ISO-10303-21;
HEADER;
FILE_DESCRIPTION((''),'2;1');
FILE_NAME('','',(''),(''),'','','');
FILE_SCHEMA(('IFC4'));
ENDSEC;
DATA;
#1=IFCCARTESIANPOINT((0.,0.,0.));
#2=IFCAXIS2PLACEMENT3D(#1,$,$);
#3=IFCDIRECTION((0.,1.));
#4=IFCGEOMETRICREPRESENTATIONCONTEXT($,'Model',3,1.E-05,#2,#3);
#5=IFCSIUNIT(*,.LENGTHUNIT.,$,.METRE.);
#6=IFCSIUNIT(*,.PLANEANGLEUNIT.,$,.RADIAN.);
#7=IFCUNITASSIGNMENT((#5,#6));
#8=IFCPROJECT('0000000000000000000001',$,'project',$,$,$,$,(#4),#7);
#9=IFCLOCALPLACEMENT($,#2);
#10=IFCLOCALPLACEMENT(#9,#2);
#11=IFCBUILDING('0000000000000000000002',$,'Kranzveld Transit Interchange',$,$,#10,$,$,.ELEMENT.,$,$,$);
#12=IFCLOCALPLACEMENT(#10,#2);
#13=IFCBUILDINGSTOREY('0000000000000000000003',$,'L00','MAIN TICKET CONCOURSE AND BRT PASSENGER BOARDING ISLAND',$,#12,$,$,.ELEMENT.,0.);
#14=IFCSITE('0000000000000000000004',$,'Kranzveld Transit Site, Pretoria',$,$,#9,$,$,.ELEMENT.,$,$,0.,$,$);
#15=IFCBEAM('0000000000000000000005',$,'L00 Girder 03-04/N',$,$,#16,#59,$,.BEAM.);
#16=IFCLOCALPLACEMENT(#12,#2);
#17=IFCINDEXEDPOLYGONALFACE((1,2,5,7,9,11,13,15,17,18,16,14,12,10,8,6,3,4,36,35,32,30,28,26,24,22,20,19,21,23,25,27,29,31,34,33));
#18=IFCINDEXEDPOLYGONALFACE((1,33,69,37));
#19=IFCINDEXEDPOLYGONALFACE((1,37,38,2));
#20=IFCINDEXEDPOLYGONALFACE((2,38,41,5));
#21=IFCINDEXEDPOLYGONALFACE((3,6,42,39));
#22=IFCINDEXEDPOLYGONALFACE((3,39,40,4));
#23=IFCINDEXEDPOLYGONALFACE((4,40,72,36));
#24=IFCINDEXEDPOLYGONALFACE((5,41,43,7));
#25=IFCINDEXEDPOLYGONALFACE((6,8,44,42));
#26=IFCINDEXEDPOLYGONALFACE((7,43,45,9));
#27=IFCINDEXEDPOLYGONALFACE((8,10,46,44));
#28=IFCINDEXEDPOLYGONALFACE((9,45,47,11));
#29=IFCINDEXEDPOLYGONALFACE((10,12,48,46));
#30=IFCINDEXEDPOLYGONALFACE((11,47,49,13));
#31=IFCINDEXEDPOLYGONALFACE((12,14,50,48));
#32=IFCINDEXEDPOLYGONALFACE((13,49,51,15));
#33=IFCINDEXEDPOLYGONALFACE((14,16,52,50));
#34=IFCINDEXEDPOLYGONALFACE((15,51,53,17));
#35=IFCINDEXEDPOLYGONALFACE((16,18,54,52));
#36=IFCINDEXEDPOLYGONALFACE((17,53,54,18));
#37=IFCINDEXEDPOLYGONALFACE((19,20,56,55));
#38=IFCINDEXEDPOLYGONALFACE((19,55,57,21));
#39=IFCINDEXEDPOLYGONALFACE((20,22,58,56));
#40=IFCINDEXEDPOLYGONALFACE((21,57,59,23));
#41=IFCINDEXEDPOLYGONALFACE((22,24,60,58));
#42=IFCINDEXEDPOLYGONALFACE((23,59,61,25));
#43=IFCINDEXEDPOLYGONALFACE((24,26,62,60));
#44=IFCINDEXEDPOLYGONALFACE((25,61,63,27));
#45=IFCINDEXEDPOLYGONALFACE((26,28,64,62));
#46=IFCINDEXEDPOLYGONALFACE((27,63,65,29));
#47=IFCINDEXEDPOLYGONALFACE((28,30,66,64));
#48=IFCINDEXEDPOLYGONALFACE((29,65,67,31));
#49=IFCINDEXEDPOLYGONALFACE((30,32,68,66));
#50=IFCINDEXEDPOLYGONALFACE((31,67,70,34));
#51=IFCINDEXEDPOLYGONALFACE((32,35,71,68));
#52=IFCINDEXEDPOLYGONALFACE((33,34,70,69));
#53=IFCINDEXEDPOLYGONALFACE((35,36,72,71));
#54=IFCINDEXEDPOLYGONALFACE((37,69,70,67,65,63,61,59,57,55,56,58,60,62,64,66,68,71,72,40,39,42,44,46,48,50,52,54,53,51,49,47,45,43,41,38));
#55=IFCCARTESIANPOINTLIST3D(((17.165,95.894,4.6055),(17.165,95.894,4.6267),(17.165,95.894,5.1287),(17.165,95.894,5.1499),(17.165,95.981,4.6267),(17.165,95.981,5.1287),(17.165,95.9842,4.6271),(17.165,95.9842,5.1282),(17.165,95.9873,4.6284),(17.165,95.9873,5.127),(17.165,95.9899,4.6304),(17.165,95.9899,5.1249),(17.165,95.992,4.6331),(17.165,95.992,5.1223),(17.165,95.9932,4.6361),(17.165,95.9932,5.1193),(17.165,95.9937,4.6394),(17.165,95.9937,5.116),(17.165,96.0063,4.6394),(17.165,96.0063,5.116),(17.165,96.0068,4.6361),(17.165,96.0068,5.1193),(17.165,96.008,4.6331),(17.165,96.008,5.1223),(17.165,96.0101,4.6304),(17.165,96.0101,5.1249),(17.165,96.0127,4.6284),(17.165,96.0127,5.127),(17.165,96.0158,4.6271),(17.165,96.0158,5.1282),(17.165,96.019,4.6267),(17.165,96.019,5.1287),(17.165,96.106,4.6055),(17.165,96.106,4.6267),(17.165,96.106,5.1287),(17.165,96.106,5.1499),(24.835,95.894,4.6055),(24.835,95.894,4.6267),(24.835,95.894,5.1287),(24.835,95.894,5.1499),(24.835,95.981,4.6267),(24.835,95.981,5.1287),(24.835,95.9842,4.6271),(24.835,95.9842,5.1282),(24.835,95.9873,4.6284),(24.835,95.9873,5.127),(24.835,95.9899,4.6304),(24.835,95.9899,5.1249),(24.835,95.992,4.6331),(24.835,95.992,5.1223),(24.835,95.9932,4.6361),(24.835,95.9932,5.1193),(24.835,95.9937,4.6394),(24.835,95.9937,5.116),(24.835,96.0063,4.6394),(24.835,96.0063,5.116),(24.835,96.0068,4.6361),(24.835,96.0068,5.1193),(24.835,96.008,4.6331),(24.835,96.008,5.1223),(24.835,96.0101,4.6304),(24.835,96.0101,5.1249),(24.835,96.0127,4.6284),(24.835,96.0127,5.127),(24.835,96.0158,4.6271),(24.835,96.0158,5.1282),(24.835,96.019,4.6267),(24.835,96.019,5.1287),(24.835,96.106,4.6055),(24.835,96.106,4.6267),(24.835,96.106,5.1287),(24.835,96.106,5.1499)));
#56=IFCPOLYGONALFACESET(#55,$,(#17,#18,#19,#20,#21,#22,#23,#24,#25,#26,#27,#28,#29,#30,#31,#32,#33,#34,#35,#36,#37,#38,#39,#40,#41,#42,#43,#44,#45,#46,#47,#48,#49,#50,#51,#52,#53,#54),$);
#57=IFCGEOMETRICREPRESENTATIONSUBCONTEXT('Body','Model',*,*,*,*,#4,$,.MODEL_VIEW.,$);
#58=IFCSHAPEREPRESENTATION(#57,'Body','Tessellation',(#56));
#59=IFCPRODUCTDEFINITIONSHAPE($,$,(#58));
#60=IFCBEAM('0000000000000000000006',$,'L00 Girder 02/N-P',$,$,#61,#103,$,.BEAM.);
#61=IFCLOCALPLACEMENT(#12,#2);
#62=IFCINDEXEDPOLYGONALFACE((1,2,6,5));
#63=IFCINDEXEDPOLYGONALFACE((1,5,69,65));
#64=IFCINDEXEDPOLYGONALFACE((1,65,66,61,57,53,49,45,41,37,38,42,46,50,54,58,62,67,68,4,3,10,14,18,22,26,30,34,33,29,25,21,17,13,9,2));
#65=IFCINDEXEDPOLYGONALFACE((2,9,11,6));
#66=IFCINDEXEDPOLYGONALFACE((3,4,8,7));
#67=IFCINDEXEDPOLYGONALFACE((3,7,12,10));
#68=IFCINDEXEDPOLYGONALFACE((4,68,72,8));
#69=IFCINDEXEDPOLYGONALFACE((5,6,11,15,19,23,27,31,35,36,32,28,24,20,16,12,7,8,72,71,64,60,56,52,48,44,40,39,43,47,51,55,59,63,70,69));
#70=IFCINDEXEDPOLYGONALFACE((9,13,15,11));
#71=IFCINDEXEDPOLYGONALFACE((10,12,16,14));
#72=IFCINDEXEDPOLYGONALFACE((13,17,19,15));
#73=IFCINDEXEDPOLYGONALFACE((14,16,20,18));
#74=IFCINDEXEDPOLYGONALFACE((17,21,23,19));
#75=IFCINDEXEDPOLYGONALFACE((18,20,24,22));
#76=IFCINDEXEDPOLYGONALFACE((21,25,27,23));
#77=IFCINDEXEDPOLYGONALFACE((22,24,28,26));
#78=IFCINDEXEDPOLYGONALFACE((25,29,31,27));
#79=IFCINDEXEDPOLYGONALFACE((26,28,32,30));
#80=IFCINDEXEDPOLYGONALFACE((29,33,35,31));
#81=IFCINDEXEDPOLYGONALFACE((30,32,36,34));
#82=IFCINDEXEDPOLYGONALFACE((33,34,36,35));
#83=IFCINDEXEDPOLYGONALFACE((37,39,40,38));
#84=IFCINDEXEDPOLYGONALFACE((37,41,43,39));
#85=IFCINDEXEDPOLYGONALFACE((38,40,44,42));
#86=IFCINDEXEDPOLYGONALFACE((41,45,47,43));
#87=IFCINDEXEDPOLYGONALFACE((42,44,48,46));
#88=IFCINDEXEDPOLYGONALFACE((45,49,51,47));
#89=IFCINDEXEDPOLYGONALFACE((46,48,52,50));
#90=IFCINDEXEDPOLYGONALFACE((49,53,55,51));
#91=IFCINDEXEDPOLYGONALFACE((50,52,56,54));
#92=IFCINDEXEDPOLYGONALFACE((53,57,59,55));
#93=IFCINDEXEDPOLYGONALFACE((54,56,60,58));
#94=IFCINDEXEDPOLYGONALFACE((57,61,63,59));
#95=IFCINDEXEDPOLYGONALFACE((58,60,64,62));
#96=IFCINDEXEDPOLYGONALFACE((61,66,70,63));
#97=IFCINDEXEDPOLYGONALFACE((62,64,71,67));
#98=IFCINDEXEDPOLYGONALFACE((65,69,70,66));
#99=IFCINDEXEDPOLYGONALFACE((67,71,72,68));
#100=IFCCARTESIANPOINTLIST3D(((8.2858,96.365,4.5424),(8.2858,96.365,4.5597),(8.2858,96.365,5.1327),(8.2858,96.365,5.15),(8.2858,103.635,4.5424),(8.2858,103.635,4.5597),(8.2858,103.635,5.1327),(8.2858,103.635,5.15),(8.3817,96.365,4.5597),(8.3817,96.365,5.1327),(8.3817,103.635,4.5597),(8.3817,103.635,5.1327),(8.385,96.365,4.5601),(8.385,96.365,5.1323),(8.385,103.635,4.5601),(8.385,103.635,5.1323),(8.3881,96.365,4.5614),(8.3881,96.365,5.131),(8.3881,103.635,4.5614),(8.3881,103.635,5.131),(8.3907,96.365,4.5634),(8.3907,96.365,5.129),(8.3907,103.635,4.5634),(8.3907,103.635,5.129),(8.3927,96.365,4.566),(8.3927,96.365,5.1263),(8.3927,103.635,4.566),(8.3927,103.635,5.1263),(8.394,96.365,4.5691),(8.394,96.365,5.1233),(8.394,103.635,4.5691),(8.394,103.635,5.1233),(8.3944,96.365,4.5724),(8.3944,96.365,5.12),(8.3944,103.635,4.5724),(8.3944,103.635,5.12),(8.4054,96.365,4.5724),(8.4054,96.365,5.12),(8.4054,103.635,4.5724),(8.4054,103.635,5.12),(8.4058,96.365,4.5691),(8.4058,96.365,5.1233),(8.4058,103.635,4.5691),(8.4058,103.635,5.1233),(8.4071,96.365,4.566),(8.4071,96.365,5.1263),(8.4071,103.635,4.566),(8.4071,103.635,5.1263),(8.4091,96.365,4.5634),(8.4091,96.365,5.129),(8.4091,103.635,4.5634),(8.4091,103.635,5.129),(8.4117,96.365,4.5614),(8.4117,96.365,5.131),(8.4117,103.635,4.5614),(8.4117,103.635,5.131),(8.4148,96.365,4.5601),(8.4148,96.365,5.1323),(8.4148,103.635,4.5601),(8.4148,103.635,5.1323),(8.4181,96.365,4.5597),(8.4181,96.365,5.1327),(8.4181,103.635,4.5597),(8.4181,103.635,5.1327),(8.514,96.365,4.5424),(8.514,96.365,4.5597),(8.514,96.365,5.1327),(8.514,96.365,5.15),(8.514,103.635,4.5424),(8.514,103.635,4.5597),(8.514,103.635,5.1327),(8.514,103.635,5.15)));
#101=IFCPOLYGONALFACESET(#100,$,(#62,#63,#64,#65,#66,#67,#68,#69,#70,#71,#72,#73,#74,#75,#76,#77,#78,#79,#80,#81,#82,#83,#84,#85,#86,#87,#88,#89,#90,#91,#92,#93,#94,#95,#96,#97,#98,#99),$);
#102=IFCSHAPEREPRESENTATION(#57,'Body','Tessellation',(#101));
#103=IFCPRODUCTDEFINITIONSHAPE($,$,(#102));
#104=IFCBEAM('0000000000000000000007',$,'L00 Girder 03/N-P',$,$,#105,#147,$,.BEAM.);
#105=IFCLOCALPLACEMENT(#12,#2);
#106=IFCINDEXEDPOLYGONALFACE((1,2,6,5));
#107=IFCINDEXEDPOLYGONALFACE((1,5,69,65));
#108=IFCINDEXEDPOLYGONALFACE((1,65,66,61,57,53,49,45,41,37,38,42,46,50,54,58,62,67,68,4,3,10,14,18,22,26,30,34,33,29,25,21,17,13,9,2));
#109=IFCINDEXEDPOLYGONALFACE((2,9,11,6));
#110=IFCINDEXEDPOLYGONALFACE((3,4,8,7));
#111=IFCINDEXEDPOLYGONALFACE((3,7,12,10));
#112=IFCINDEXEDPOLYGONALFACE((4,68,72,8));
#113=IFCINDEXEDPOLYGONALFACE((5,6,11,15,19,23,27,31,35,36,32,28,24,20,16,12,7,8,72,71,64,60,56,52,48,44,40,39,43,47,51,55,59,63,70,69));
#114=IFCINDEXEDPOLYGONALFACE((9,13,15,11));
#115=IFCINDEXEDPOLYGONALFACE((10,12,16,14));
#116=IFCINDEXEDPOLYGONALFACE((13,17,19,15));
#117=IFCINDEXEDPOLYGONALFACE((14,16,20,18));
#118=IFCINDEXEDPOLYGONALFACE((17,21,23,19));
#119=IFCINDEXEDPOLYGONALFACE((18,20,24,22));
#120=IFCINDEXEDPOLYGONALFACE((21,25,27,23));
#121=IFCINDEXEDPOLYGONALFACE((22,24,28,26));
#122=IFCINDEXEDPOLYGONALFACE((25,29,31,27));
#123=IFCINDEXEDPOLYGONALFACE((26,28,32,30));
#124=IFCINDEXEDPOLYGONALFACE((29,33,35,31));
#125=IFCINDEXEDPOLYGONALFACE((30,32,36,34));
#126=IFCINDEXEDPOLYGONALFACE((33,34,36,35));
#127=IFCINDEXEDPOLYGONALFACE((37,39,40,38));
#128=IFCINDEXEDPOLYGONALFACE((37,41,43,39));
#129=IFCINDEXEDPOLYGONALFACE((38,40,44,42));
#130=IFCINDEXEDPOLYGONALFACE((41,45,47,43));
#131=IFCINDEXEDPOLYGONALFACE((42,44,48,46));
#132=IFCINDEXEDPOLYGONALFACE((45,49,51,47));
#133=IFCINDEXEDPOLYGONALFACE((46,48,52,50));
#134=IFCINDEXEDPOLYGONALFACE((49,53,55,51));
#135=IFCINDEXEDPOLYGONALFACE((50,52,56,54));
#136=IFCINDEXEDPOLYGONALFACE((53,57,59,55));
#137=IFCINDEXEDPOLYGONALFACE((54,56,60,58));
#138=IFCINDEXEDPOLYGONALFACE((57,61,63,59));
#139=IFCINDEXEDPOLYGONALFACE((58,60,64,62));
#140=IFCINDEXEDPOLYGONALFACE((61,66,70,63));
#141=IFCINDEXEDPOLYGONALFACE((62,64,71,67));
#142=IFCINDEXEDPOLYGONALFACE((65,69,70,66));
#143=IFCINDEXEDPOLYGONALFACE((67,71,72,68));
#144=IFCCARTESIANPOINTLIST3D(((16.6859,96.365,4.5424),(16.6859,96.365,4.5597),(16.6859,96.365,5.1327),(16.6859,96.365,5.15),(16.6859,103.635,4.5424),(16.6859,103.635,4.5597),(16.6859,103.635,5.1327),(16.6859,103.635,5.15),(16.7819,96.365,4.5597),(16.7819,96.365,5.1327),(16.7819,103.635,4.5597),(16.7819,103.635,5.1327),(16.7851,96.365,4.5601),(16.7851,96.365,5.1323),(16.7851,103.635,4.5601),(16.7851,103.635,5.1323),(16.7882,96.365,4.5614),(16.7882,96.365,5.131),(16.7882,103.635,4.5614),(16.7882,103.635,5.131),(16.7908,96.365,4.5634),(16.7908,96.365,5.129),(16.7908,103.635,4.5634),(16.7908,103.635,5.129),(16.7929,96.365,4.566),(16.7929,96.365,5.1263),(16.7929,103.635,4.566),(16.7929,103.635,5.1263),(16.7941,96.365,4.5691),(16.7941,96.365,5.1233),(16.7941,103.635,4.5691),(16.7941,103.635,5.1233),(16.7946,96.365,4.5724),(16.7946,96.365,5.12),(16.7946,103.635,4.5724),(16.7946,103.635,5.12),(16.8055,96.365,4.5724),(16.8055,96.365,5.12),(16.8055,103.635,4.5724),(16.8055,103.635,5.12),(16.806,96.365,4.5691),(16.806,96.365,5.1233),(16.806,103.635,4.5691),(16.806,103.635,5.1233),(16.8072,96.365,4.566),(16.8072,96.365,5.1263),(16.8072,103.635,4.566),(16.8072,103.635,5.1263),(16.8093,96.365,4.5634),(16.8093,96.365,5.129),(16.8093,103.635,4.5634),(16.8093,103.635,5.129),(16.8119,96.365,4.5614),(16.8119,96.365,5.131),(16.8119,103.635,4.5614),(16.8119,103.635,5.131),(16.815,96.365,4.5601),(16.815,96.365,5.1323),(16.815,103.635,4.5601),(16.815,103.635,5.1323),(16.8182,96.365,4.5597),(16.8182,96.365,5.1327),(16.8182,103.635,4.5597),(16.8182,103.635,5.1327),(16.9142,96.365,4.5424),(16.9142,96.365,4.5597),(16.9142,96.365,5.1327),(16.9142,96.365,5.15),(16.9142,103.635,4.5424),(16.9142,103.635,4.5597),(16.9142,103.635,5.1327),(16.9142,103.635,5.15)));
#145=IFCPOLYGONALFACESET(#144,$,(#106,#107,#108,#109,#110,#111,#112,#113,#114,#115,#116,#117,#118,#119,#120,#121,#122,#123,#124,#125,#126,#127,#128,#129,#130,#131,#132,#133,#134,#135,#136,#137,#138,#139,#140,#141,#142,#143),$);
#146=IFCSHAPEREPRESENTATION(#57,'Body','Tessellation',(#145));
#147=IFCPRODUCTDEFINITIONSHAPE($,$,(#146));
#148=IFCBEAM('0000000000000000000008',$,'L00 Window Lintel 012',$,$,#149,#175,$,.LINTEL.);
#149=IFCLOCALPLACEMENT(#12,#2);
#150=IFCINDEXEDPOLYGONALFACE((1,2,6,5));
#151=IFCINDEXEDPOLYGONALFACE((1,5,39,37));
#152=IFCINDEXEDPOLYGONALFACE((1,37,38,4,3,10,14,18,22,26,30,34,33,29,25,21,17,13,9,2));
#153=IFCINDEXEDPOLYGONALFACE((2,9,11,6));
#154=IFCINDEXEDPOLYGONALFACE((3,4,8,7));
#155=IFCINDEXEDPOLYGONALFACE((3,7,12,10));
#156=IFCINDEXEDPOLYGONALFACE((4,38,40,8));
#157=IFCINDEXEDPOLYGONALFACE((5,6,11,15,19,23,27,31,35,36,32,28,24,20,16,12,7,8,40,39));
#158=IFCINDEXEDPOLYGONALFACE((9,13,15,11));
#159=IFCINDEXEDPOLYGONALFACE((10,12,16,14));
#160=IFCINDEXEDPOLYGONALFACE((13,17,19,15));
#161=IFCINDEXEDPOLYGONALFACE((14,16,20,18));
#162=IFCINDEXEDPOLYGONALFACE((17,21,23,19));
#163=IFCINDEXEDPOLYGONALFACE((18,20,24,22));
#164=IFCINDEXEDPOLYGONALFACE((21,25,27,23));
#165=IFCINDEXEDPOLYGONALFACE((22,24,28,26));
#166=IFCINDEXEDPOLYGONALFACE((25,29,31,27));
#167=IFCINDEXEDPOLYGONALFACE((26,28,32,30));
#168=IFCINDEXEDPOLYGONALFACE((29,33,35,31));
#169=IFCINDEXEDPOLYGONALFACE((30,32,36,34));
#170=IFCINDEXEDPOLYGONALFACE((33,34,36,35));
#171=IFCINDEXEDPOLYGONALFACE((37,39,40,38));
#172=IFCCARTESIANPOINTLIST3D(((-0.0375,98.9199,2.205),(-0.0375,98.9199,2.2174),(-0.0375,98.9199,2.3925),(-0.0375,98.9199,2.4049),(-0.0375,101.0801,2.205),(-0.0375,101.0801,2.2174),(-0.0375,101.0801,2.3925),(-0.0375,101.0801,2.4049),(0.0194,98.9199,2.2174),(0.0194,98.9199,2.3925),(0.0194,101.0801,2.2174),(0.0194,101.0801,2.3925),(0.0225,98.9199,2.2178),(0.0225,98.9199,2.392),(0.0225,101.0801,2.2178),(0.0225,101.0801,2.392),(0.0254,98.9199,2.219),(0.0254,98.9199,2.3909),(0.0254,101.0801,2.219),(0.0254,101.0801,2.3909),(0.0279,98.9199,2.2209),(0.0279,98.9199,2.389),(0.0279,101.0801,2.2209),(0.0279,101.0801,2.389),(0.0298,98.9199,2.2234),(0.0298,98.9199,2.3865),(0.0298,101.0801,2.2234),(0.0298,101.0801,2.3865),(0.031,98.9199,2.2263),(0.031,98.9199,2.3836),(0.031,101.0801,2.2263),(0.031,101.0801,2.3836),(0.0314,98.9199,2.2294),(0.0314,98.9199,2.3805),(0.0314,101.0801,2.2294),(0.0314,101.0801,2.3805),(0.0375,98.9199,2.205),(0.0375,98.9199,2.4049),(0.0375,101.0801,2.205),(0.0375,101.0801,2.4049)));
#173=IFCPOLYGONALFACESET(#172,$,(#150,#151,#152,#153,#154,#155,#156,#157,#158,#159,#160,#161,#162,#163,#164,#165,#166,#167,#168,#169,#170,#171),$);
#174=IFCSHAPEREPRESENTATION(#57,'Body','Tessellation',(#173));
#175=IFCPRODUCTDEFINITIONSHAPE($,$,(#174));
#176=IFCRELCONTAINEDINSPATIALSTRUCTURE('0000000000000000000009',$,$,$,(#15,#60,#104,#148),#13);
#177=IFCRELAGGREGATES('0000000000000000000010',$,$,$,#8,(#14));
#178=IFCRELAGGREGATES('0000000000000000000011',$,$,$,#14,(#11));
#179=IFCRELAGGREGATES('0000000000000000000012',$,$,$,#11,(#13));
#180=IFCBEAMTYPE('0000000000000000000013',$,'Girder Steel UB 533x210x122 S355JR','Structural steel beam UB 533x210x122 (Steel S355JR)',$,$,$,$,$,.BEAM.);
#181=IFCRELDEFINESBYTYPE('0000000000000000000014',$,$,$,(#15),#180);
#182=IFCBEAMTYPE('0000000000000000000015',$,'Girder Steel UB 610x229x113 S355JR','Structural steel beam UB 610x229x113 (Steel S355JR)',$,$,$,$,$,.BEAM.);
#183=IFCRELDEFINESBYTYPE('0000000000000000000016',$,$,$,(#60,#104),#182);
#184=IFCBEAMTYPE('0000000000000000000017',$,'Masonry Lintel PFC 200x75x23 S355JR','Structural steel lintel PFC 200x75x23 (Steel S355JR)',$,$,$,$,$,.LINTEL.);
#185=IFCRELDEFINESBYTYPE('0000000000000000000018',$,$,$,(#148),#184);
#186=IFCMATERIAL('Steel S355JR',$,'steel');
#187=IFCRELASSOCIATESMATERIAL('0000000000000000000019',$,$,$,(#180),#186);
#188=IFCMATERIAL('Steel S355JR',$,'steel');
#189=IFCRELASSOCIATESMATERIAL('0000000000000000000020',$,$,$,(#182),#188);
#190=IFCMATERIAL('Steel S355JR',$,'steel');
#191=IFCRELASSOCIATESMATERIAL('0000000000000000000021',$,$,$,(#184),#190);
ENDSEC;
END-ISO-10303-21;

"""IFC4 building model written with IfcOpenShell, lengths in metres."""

from ifc_helpers import new_model, si_unit, direction, frame, origin, origin_2d, place, context, subcontext, project, spatial, i_section, u_section, extrude, material, material_profile, profile_set, type_object, element, save


model = new_model("IFC4")

# Units and contexts
model_context = context("Model", 3, precision=1e-05, world=origin(), true_north=direction((0.0, 1.0)))
body_context = subcontext(model_context, "Body", "Model", "MODEL_VIEW")
ifc_project = project(units=[si_unit("LENGTHUNIT", "METRE"), si_unit("PLANEANGLEUNIT", "RADIAN")], contexts=[model_context])

# Site, building, storey
site_placement = place(None, origin())
site = spatial("IfcSite", under=ifc_project, at=site_placement, Name="Kranzveld Transit Site, Pretoria", CompositionType="ELEMENT", RefElevation=0.0)
building_placement = place(site_placement, origin())
building = spatial("IfcBuilding", under=site, at=building_placement, Name="Kranzveld Transit Interchange", CompositionType="ELEMENT")
storey_placement = place(building_placement, origin())
storey = spatial("IfcBuildingStorey", under=building, at=storey_placement, Name="L00", Description="MAIN TICKET CONCOURSE AND BRT PASSENGER BOARDING ISLAND", CompositionType="ELEMENT", Elevation=0.0)

# Beams
ifc_material_1 = material(Name="Steel S355JR", Category="steel")
ifc_material_profile_1 = material_profile(ifc_material_1, i_section(OverallWidth=0.2119, OverallDepth=0.5444, WebThickness=0.0127, FlangeThickness=0.0212, FilletRadius=0.0127, at=origin_2d()), Name="UB 533x210x122")
ifc_profile_set_1 = profile_set([ifc_material_profile_1], Name="Steel S355JR")
beam_type_1 = type_object("IfcBeamType", Name="Girder Steel UB 533x210x122 S355JR", Description="Structural steel beam UB 533x210x122 (Steel S355JR)", PredefinedType="BEAM", material=ifc_profile_set_1)
beam_1_placement = place(storey_placement, frame((17.165, 96.0, 4.8777), z_axis=(1.0, 0.0, 0.0), x_axis=(0.0, 1.0, 0.0)))
element("IfcBeam", 1, at=beam_1_placement, inside=storey, type_object=beam_type_1, Name="L00 Girder 03-04/N", PredefinedType="BEAM", context=body_context, shape_type="SweptSolid", body=[
    extrude(i_section(OverallWidth=0.2119, OverallDepth=0.5444, WebThickness=0.0127, FlangeThickness=0.0212, FilletRadius=0.0127, at=origin_2d()), origin(), (0.0, 0.0, 1.0), 7.6699),
])
ifc_material_2 = material(Name="Steel S355JR", Category="steel")
ifc_material_profile_2 = material_profile(ifc_material_2, i_section(OverallWidth=0.2283, OverallDepth=0.6077, WebThickness=0.011, FlangeThickness=0.0173, FilletRadius=0.0127, at=origin_2d()), Name="UB 610x229x113")
ifc_profile_set_2 = profile_set([ifc_material_profile_2], Name="Steel S355JR")
beam_type_2 = type_object("IfcBeamType", Name="Girder Steel UB 610x229x113 S355JR", Description="Structural steel beam UB 610x229x113 (Steel S355JR)", PredefinedType="BEAM", material=ifc_profile_set_2)
for number, where, z_axis, x_axis, name in (
    (2, (8.3999, 96.365, 4.8462), (0.0, 1.0, 0.0), (-1.0, 0.0, 0.0), "L00 Girder 02/N-P"),
    (3, (16.8, 96.365, 4.8462), (0.0, 1.0, 0.0), (-1.0, 0.0, 0.0), "L00 Girder 03/N-P"),
):
    element("IfcBeam", number, at=place(storey_placement, frame(where, z_axis=z_axis, x_axis=x_axis)), inside=storey, type_object=beam_type_2, Name=name, PredefinedType="BEAM", context=body_context, shape_type="SweptSolid", body=[
        extrude(i_section(OverallWidth=0.2283, OverallDepth=0.6077, WebThickness=0.011, FlangeThickness=0.0173, FilletRadius=0.0127, at=origin_2d()), origin(), (0.0, 0.0, 1.0), 7.27),
    ])
ifc_material_3 = material(Name="Steel S355JR", Category="steel")
ifc_material_profile_3 = material_profile(ifc_material_3, u_section(Depth=0.2, FlangeWidth=0.075, WebThickness=0.0061, FlangeThickness=0.0125, FilletRadius=0.012, at=origin_2d()), Name="PFC 200x75x23")
ifc_profile_set_3 = profile_set([ifc_material_profile_3], Name="Steel S355JR")
beam_type_3 = type_object("IfcBeamType", Name="Masonry Lintel PFC 200x75x23 S355JR", Description="Structural steel lintel PFC 200x75x23 (Steel S355JR)", PredefinedType="LINTEL", material=ifc_profile_set_3)
beam_2_placement = place(storey_placement, frame((0.0, 98.9199, 2.3049), z_axis=(0.0, 1.0, 0.0), x_axis=(-1.0, 0.0, 0.0)))
element("IfcBeam", 4, at=beam_2_placement, inside=storey, type_object=beam_type_3, Name="L00 Window Lintel 012", PredefinedType="LINTEL", context=body_context, shape_type="SweptSolid", body=[
    extrude(u_section(Depth=0.2, FlangeWidth=0.075, WebThickness=0.0061, FlangeThickness=0.0125, FilletRadius=0.012, at=origin_2d()), origin(), (0.0, 0.0, 1.0), 2.1602),
])

save(model, "model.ifc")
